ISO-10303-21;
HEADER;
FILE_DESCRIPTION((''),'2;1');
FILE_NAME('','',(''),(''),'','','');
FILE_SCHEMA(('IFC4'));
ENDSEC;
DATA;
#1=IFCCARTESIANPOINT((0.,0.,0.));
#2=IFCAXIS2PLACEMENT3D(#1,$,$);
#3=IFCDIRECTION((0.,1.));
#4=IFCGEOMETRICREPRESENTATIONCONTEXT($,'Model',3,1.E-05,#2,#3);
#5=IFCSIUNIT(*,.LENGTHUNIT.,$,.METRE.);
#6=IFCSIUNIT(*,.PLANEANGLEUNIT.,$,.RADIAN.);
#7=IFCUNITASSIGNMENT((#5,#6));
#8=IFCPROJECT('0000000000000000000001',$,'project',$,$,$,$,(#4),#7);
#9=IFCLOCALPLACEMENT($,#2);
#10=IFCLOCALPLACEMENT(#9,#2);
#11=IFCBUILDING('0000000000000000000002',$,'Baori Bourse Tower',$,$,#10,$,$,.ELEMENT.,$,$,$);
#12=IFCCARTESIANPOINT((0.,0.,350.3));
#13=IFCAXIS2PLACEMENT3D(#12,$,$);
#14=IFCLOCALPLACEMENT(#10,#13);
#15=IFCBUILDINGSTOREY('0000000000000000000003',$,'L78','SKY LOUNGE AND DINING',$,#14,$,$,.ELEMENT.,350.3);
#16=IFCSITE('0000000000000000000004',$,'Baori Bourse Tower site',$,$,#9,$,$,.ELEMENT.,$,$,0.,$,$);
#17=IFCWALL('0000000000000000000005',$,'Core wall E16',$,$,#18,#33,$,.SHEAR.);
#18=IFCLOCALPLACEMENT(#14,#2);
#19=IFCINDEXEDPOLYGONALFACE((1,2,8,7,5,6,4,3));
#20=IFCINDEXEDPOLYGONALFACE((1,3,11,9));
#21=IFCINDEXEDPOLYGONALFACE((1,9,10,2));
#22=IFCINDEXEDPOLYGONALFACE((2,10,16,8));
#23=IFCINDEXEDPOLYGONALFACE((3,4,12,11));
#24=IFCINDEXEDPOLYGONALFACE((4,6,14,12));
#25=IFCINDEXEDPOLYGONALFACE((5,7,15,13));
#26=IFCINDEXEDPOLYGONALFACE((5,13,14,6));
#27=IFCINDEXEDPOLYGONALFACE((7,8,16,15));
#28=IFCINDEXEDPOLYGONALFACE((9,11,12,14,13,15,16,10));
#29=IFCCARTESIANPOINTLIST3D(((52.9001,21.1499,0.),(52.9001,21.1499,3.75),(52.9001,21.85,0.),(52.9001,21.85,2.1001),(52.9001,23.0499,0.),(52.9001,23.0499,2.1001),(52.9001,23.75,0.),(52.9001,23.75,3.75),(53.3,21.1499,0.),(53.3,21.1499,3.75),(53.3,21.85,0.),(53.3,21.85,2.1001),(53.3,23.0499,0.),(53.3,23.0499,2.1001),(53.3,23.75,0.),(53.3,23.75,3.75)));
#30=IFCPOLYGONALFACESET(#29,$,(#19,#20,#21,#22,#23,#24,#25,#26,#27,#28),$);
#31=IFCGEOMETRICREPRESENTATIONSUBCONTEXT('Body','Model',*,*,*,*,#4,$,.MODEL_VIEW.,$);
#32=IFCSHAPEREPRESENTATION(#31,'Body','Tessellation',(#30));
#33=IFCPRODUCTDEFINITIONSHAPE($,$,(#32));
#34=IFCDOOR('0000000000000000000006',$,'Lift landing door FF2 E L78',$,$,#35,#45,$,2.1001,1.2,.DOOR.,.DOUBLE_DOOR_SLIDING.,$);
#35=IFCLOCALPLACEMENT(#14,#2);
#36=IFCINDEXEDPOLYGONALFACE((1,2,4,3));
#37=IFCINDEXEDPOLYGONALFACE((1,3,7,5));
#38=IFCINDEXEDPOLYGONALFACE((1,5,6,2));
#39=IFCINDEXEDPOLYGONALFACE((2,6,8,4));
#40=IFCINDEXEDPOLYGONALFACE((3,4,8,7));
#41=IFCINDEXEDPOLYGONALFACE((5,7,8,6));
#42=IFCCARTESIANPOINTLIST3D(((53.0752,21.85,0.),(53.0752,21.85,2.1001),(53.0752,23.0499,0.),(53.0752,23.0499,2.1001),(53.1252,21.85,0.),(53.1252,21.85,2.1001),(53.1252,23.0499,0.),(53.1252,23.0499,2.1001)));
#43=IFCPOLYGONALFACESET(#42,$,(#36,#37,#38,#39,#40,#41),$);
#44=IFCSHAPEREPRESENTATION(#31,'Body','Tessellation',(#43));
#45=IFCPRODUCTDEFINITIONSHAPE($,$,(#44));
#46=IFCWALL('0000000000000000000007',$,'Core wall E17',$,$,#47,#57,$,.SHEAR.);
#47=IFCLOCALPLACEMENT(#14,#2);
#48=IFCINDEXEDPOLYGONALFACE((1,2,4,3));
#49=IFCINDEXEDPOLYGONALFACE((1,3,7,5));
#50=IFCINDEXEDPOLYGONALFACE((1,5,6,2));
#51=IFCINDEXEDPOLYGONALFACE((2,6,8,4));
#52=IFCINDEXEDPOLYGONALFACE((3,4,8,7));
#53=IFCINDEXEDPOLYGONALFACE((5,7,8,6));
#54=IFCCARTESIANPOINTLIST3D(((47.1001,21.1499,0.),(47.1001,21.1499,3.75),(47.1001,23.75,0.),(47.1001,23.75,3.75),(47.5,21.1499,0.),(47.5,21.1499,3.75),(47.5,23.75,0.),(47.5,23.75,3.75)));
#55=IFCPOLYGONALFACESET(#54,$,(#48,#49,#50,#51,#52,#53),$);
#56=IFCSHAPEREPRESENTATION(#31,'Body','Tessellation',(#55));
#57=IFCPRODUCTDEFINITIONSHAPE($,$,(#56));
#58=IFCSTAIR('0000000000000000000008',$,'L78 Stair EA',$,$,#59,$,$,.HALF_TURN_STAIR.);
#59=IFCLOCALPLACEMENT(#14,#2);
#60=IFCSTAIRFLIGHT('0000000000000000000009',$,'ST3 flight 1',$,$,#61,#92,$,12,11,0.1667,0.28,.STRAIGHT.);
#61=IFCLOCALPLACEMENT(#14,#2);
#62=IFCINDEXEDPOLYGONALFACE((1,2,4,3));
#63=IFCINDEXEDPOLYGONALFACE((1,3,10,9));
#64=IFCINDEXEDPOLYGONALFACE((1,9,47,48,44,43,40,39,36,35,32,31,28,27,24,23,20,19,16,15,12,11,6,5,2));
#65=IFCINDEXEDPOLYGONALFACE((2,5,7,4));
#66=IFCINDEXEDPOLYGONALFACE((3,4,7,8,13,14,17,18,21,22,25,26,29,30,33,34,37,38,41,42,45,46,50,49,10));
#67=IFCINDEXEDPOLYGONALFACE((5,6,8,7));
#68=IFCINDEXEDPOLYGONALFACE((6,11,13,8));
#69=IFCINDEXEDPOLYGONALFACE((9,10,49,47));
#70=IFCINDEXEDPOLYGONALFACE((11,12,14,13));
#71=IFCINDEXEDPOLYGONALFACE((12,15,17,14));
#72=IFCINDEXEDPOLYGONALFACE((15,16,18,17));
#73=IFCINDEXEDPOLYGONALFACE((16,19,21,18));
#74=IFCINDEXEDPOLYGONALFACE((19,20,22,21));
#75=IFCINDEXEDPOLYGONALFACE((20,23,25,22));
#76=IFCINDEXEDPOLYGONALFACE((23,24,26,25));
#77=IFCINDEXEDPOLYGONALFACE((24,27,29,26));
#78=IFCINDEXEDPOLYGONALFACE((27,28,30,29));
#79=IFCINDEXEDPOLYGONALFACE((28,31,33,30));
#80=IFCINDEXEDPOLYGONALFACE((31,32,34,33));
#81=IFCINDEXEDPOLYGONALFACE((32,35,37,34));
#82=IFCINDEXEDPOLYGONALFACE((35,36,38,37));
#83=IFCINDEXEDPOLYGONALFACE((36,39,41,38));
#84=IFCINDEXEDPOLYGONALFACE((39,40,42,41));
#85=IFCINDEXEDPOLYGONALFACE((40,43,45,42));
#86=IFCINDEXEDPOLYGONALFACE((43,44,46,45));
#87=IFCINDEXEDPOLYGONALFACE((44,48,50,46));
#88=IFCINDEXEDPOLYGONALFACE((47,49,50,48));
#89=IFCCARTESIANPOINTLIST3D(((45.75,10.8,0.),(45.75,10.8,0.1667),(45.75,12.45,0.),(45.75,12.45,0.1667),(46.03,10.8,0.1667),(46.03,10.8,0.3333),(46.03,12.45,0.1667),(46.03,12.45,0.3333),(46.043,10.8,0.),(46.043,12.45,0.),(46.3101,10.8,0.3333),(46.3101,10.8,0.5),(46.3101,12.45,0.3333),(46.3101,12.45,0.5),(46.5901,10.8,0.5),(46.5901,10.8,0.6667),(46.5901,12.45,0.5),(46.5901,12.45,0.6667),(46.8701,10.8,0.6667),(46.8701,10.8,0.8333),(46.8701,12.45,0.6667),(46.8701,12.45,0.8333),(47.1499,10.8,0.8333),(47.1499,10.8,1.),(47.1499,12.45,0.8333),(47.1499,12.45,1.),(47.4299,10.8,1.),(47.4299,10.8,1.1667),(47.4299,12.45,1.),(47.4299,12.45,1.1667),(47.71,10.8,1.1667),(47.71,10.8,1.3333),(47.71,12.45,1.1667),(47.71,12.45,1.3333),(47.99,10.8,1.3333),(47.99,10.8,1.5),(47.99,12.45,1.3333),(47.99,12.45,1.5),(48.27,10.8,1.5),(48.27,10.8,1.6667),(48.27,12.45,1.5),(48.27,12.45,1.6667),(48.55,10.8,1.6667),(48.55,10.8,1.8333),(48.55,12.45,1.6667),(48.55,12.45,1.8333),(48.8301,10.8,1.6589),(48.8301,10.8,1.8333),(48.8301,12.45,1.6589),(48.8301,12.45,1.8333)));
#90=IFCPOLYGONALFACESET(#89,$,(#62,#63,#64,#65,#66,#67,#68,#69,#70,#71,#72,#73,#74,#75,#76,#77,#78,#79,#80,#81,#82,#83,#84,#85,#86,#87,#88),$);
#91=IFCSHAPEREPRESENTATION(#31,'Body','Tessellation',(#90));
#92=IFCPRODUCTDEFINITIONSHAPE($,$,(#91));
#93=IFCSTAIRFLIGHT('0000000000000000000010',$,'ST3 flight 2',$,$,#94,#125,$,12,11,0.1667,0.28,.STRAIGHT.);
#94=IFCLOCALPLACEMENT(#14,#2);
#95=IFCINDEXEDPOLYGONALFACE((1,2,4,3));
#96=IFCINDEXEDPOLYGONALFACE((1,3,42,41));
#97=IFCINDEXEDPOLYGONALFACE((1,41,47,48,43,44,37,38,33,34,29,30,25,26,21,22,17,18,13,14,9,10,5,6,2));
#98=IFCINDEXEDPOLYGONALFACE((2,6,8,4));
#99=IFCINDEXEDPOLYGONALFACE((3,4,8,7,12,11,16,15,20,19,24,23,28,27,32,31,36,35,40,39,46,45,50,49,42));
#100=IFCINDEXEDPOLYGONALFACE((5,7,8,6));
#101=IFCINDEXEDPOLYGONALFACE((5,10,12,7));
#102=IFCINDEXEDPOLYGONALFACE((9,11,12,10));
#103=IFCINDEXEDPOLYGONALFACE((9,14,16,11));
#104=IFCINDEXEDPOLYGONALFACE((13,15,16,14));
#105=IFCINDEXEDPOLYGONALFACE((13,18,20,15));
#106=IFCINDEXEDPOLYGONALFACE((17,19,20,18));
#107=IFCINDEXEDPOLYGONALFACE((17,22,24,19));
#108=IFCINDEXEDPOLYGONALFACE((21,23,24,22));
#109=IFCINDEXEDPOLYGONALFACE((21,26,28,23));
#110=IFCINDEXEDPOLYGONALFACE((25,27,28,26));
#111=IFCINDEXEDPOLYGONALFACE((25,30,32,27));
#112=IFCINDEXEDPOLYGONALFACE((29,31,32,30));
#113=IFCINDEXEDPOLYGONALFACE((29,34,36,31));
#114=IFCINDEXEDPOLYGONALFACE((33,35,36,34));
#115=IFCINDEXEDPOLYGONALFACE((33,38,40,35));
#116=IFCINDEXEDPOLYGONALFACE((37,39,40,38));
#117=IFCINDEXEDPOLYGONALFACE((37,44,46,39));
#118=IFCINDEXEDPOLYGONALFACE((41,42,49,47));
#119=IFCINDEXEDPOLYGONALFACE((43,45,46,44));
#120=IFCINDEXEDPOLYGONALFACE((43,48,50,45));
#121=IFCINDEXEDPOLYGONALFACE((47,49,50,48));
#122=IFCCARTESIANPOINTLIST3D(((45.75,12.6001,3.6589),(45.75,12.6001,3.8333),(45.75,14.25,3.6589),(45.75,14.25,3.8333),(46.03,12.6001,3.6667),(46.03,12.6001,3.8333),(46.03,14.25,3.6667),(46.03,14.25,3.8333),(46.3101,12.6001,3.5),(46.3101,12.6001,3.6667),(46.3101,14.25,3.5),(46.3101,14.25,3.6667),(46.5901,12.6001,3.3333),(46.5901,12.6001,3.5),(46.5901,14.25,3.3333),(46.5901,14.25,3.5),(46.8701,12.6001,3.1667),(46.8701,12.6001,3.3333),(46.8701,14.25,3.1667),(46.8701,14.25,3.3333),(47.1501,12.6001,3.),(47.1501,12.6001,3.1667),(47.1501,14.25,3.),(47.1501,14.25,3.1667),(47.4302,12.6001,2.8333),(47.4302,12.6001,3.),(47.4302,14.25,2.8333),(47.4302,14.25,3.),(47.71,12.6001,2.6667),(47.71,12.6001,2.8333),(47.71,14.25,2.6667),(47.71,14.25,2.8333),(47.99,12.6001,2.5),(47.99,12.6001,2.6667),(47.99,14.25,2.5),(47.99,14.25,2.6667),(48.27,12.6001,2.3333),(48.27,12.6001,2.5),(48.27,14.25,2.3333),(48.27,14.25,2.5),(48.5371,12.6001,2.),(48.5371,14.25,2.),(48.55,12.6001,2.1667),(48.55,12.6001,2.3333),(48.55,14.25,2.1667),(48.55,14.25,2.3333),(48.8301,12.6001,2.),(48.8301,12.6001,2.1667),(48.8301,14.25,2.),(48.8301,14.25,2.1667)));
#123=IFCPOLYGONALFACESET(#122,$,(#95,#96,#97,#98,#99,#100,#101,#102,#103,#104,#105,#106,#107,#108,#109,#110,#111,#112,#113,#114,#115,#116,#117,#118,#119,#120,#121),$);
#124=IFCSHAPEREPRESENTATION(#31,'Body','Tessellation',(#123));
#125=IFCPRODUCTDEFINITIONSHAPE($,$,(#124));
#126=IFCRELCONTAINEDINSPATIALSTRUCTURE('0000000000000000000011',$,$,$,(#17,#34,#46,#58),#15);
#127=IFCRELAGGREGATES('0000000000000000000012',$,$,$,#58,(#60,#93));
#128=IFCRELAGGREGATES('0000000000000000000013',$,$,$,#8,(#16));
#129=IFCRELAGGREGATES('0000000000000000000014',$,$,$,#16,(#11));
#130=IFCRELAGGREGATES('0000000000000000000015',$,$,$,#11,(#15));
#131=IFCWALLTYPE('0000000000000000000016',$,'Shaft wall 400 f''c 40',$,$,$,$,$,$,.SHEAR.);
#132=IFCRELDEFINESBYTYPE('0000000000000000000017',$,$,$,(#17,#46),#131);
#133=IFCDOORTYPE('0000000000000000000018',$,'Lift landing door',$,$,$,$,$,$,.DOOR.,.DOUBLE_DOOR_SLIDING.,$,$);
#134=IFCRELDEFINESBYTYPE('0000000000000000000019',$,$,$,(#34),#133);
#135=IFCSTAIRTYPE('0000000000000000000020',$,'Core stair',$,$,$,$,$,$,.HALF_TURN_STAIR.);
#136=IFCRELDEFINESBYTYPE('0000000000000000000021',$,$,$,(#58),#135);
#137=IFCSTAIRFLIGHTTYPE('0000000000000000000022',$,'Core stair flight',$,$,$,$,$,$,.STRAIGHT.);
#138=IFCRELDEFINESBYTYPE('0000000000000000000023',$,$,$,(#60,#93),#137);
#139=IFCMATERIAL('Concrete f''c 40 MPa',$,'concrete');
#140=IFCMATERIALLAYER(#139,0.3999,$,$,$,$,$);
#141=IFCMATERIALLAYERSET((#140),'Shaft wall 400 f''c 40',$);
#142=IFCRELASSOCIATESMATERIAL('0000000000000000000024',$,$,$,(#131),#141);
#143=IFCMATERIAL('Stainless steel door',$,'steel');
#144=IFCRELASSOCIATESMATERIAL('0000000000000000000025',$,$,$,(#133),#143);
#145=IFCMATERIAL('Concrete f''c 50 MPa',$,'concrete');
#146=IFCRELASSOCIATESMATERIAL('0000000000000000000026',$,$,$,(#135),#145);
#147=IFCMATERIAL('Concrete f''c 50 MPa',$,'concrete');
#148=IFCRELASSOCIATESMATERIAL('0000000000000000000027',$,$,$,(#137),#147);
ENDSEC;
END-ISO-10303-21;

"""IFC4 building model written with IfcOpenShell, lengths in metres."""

from ifc_helpers import new_model, si_unit, direction, frame, frame_2d, origin, place, context, subcontext, project, spatial, polyline, rectangle, outline, extrude, material, layer, layer_set, type_object, element, fill, aggregate, save


model = new_model("IFC4")

# Units and contexts
model_context = context("Model", 3, precision=1e-05, world=origin(), true_north=direction((0.0, 1.0)))
body_context = subcontext(model_context, "Body", "Model", "MODEL_VIEW")
ifc_project = project(units=[si_unit("LENGTHUNIT", "METRE"), si_unit("PLANEANGLEUNIT", "RADIAN")], contexts=[model_context])

# Site, building, storey
site_placement = place(None, origin())
site = spatial("IfcSite", under=ifc_project, at=site_placement, Name="Baori Bourse Tower site", CompositionType="ELEMENT", RefElevation=0.0)
building_placement = place(site_placement, origin())
building = spatial("IfcBuilding", under=site, at=building_placement, Name="Baori Bourse Tower", CompositionType="ELEMENT")
storey_placement = place(building_placement, frame((0.0, 0.0, 350.3)))
storey = spatial("IfcBuildingStorey", under=building, at=storey_placement, Name="L78", Description="SKY LOUNGE AND DINING", CompositionType="ELEMENT", Elevation=350.3)

# Shared definitions
ifc_material_1 = material(Name="Concrete f'c 40 MPa", Category="concrete")
ifc_layer_1 = layer(ifc_material_1, 0.3999)
ifc_layer_set_1 = layer_set([ifc_layer_1], Name="Shaft wall 400 f'c 40")
wall_type_1 = type_object("IfcWallType", Name="Shaft wall 400 f'c 40", PredefinedType="SHEAR", material=ifc_layer_set_1)

# Wall, opening, door
wall_1_placement = place(storey_placement, frame((53.1001, 21.1499, 0.0), z_axis=(0.0, 0.0, 1.0), x_axis=(0.0, 1.0, 0.0)))
wall_1 = element("IfcWall", 1, at=wall_1_placement, inside=storey, type_object=wall_type_1, Name="Core wall E16", PredefinedType="SHEAR", context=body_context, shape_type="SweptSolid", body=[
    extrude(rectangle(XDim=2.6001, YDim=0.3999, at=frame_2d((1.3, 0.0))), origin(), (0.0, 0.0, 1.0), 3.75),
])
opening_1_placement = place(wall_1_placement, frame((0.7, 0.0, 0.0)))
opening_1 = element("IfcOpeningElement", 2, at=opening_1_placement, cuts=wall_1, PredefinedType="OPENING", context=body_context, shape_type="SweptSolid", body=[
    extrude(rectangle(XDim=1.2, YDim=2.1001, at=frame_2d((0.6001, 1.05))), frame((0.0, 0.21, 0.0), z_axis=(0.0, -1.0, 0.0), x_axis=(1.0, 0.0, 0.0)), (0.0, 0.0, 1.0), 0.4199),
])
ifc_material_2 = material(Name="Stainless steel door", Category="steel")
door_type_1 = type_object("IfcDoorType", Name="Lift landing door", OperationType="DOUBLE_DOOR_SLIDING", PredefinedType="DOOR", material=ifc_material_2)
door_1_placement = place(opening_1_placement, origin())
door_1 = element("IfcDoor", 3, at=door_1_placement, inside=storey, type_object=door_type_1, Name="Lift landing door FF2 E L78", OperationType="DOUBLE_DOOR_SLIDING", OverallHeight=2.1001, OverallWidth=1.2, PredefinedType="DOOR", context=body_context, shape_type="SweptSolid", body=[
    extrude(rectangle(XDim=1.2, YDim=2.1001, at=frame_2d((0.6001, 1.05))), frame((0.0, 0.0249, 0.0), z_axis=(0.0, -1.0, 0.0), x_axis=(1.0, 0.0, 0.0)), (0.0, 0.0, 1.0), 0.05),
])
fill(opening_1, door_1)

# Wall
wall_2_placement = place(storey_placement, frame((47.3, 21.1499, 0.0), z_axis=(0.0, 0.0, 1.0), x_axis=(0.0, 1.0, 0.0)))
element("IfcWall", 4, at=wall_2_placement, inside=storey, type_object=wall_type_1, Name="Core wall E17", PredefinedType="SHEAR", context=body_context, shape_type="SweptSolid", body=[
    extrude(rectangle(XDim=2.6001, YDim=0.3999, at=frame_2d((1.3, 0.0))), origin(), (0.0, 0.0, 1.0), 3.75),
])

# Stair, stair flights
ifc_material_3 = material(Name="Concrete f'c 50 MPa", Category="concrete")
stair_type = type_object("IfcStairType", Name="Core stair", PredefinedType="HALF_TURN_STAIR", material=ifc_material_3)
stair_placement = place(storey_placement, origin())
stair = element("IfcStair", 5, at=stair_placement, inside=storey, type_object=stair_type, Name="L78 Stair EA", PredefinedType="HALF_TURN_STAIR")
ifc_material_4 = material(Name="Concrete f'c 50 MPa", Category="concrete")
stair_flight_type = type_object("IfcStairFlightType", Name="Core stair flight", PredefinedType="STRAIGHT", material=ifc_material_4)
stair_flight_1_placement = place(storey_placement, frame((45.75, 11.625, 0.0), z_axis=(0.0, 0.0, 1.0), x_axis=(1.0, 0.0, 0.0)))
stair_flight_1 = element("IfcStairFlight", 6, at=stair_flight_1_placement, type_object=stair_flight_type, Name="ST3 flight 1", NumberOfRisers=12, NumberOfTreads=11, PredefinedType="STRAIGHT", RiserHeight=0.1667, TreadLength=0.28, context=body_context, shape_type="SweptSolid", body=[
    extrude(outline(polyline([(0.0, 0.0), (0.0, 0.1667), (0.28, 0.1667), (0.28, 0.3333), (0.5601, 0.3333), (0.5601, 0.5), (0.8401, 0.5), (0.8401, 0.6667), (1.1201, 0.6667), (1.1201, 0.8333), (1.3999, 0.8333), (1.3999, 1.0), (1.6799, 1.0), (1.6799, 1.1667), (1.96, 1.1667), (1.96, 1.3333), (2.24, 1.3333), (2.24, 1.5), (2.52, 1.5), (2.52, 1.6667), (2.8, 1.6667), (2.8, 1.8333), (3.0801, 1.8333), (3.0801, 2.0), (3.0801, 1.6589), (0.293, 0.0), (0.0, 0.0)])), frame((0.0, 0.825, 0.0), z_axis=(0.0, -1.0, 0.0), x_axis=(1.0, 0.0, 0.0)), (0.0, 0.0, 1.0), 1.6499),
])
stair_flight_2_placement = place(storey_placement, frame((48.8301, 13.425, 2.0), z_axis=(0.0, 0.0, 1.0), x_axis=(-1.0, 0.0, 0.0)))
stair_flight_2 = element("IfcStairFlight", 7, at=stair_flight_2_placement, type_object=stair_flight_type, Name="ST3 flight 2", NumberOfRisers=12, NumberOfTreads=11, PredefinedType="STRAIGHT", RiserHeight=0.1667, TreadLength=0.28, context=body_context, shape_type="SweptSolid", body=[
    extrude(outline(polyline([(0.0, 0.0), (0.0, 0.1667), (0.28, 0.1667), (0.28, 0.3333), (0.5601, 0.3333), (0.5601, 0.5), (0.8401, 0.5), (0.8401, 0.6667), (1.1201, 0.6667), (1.1201, 0.8333), (1.3999, 0.8333), (1.3999, 1.0), (1.6799, 1.0), (1.6799, 1.1667), (1.96, 1.1667), (1.96, 1.3333), (2.24, 1.3333), (2.24, 1.5), (2.52, 1.5), (2.52, 1.6667), (2.8, 1.6667), (2.8, 1.8333), (3.0801, 1.8333), (3.0801, 2.0), (3.0801, 1.6589), (0.293, 0.0), (0.0, 0.0)])), frame((0.0, 0.825, 0.0), z_axis=(0.0, -1.0, 0.0), x_axis=(1.0, 0.0, 0.0)), (0.0, 0.0, 1.0), 1.6499),
])
aggregate(stair, [stair_flight_1, stair_flight_2])

save(model, "model.ifc")
